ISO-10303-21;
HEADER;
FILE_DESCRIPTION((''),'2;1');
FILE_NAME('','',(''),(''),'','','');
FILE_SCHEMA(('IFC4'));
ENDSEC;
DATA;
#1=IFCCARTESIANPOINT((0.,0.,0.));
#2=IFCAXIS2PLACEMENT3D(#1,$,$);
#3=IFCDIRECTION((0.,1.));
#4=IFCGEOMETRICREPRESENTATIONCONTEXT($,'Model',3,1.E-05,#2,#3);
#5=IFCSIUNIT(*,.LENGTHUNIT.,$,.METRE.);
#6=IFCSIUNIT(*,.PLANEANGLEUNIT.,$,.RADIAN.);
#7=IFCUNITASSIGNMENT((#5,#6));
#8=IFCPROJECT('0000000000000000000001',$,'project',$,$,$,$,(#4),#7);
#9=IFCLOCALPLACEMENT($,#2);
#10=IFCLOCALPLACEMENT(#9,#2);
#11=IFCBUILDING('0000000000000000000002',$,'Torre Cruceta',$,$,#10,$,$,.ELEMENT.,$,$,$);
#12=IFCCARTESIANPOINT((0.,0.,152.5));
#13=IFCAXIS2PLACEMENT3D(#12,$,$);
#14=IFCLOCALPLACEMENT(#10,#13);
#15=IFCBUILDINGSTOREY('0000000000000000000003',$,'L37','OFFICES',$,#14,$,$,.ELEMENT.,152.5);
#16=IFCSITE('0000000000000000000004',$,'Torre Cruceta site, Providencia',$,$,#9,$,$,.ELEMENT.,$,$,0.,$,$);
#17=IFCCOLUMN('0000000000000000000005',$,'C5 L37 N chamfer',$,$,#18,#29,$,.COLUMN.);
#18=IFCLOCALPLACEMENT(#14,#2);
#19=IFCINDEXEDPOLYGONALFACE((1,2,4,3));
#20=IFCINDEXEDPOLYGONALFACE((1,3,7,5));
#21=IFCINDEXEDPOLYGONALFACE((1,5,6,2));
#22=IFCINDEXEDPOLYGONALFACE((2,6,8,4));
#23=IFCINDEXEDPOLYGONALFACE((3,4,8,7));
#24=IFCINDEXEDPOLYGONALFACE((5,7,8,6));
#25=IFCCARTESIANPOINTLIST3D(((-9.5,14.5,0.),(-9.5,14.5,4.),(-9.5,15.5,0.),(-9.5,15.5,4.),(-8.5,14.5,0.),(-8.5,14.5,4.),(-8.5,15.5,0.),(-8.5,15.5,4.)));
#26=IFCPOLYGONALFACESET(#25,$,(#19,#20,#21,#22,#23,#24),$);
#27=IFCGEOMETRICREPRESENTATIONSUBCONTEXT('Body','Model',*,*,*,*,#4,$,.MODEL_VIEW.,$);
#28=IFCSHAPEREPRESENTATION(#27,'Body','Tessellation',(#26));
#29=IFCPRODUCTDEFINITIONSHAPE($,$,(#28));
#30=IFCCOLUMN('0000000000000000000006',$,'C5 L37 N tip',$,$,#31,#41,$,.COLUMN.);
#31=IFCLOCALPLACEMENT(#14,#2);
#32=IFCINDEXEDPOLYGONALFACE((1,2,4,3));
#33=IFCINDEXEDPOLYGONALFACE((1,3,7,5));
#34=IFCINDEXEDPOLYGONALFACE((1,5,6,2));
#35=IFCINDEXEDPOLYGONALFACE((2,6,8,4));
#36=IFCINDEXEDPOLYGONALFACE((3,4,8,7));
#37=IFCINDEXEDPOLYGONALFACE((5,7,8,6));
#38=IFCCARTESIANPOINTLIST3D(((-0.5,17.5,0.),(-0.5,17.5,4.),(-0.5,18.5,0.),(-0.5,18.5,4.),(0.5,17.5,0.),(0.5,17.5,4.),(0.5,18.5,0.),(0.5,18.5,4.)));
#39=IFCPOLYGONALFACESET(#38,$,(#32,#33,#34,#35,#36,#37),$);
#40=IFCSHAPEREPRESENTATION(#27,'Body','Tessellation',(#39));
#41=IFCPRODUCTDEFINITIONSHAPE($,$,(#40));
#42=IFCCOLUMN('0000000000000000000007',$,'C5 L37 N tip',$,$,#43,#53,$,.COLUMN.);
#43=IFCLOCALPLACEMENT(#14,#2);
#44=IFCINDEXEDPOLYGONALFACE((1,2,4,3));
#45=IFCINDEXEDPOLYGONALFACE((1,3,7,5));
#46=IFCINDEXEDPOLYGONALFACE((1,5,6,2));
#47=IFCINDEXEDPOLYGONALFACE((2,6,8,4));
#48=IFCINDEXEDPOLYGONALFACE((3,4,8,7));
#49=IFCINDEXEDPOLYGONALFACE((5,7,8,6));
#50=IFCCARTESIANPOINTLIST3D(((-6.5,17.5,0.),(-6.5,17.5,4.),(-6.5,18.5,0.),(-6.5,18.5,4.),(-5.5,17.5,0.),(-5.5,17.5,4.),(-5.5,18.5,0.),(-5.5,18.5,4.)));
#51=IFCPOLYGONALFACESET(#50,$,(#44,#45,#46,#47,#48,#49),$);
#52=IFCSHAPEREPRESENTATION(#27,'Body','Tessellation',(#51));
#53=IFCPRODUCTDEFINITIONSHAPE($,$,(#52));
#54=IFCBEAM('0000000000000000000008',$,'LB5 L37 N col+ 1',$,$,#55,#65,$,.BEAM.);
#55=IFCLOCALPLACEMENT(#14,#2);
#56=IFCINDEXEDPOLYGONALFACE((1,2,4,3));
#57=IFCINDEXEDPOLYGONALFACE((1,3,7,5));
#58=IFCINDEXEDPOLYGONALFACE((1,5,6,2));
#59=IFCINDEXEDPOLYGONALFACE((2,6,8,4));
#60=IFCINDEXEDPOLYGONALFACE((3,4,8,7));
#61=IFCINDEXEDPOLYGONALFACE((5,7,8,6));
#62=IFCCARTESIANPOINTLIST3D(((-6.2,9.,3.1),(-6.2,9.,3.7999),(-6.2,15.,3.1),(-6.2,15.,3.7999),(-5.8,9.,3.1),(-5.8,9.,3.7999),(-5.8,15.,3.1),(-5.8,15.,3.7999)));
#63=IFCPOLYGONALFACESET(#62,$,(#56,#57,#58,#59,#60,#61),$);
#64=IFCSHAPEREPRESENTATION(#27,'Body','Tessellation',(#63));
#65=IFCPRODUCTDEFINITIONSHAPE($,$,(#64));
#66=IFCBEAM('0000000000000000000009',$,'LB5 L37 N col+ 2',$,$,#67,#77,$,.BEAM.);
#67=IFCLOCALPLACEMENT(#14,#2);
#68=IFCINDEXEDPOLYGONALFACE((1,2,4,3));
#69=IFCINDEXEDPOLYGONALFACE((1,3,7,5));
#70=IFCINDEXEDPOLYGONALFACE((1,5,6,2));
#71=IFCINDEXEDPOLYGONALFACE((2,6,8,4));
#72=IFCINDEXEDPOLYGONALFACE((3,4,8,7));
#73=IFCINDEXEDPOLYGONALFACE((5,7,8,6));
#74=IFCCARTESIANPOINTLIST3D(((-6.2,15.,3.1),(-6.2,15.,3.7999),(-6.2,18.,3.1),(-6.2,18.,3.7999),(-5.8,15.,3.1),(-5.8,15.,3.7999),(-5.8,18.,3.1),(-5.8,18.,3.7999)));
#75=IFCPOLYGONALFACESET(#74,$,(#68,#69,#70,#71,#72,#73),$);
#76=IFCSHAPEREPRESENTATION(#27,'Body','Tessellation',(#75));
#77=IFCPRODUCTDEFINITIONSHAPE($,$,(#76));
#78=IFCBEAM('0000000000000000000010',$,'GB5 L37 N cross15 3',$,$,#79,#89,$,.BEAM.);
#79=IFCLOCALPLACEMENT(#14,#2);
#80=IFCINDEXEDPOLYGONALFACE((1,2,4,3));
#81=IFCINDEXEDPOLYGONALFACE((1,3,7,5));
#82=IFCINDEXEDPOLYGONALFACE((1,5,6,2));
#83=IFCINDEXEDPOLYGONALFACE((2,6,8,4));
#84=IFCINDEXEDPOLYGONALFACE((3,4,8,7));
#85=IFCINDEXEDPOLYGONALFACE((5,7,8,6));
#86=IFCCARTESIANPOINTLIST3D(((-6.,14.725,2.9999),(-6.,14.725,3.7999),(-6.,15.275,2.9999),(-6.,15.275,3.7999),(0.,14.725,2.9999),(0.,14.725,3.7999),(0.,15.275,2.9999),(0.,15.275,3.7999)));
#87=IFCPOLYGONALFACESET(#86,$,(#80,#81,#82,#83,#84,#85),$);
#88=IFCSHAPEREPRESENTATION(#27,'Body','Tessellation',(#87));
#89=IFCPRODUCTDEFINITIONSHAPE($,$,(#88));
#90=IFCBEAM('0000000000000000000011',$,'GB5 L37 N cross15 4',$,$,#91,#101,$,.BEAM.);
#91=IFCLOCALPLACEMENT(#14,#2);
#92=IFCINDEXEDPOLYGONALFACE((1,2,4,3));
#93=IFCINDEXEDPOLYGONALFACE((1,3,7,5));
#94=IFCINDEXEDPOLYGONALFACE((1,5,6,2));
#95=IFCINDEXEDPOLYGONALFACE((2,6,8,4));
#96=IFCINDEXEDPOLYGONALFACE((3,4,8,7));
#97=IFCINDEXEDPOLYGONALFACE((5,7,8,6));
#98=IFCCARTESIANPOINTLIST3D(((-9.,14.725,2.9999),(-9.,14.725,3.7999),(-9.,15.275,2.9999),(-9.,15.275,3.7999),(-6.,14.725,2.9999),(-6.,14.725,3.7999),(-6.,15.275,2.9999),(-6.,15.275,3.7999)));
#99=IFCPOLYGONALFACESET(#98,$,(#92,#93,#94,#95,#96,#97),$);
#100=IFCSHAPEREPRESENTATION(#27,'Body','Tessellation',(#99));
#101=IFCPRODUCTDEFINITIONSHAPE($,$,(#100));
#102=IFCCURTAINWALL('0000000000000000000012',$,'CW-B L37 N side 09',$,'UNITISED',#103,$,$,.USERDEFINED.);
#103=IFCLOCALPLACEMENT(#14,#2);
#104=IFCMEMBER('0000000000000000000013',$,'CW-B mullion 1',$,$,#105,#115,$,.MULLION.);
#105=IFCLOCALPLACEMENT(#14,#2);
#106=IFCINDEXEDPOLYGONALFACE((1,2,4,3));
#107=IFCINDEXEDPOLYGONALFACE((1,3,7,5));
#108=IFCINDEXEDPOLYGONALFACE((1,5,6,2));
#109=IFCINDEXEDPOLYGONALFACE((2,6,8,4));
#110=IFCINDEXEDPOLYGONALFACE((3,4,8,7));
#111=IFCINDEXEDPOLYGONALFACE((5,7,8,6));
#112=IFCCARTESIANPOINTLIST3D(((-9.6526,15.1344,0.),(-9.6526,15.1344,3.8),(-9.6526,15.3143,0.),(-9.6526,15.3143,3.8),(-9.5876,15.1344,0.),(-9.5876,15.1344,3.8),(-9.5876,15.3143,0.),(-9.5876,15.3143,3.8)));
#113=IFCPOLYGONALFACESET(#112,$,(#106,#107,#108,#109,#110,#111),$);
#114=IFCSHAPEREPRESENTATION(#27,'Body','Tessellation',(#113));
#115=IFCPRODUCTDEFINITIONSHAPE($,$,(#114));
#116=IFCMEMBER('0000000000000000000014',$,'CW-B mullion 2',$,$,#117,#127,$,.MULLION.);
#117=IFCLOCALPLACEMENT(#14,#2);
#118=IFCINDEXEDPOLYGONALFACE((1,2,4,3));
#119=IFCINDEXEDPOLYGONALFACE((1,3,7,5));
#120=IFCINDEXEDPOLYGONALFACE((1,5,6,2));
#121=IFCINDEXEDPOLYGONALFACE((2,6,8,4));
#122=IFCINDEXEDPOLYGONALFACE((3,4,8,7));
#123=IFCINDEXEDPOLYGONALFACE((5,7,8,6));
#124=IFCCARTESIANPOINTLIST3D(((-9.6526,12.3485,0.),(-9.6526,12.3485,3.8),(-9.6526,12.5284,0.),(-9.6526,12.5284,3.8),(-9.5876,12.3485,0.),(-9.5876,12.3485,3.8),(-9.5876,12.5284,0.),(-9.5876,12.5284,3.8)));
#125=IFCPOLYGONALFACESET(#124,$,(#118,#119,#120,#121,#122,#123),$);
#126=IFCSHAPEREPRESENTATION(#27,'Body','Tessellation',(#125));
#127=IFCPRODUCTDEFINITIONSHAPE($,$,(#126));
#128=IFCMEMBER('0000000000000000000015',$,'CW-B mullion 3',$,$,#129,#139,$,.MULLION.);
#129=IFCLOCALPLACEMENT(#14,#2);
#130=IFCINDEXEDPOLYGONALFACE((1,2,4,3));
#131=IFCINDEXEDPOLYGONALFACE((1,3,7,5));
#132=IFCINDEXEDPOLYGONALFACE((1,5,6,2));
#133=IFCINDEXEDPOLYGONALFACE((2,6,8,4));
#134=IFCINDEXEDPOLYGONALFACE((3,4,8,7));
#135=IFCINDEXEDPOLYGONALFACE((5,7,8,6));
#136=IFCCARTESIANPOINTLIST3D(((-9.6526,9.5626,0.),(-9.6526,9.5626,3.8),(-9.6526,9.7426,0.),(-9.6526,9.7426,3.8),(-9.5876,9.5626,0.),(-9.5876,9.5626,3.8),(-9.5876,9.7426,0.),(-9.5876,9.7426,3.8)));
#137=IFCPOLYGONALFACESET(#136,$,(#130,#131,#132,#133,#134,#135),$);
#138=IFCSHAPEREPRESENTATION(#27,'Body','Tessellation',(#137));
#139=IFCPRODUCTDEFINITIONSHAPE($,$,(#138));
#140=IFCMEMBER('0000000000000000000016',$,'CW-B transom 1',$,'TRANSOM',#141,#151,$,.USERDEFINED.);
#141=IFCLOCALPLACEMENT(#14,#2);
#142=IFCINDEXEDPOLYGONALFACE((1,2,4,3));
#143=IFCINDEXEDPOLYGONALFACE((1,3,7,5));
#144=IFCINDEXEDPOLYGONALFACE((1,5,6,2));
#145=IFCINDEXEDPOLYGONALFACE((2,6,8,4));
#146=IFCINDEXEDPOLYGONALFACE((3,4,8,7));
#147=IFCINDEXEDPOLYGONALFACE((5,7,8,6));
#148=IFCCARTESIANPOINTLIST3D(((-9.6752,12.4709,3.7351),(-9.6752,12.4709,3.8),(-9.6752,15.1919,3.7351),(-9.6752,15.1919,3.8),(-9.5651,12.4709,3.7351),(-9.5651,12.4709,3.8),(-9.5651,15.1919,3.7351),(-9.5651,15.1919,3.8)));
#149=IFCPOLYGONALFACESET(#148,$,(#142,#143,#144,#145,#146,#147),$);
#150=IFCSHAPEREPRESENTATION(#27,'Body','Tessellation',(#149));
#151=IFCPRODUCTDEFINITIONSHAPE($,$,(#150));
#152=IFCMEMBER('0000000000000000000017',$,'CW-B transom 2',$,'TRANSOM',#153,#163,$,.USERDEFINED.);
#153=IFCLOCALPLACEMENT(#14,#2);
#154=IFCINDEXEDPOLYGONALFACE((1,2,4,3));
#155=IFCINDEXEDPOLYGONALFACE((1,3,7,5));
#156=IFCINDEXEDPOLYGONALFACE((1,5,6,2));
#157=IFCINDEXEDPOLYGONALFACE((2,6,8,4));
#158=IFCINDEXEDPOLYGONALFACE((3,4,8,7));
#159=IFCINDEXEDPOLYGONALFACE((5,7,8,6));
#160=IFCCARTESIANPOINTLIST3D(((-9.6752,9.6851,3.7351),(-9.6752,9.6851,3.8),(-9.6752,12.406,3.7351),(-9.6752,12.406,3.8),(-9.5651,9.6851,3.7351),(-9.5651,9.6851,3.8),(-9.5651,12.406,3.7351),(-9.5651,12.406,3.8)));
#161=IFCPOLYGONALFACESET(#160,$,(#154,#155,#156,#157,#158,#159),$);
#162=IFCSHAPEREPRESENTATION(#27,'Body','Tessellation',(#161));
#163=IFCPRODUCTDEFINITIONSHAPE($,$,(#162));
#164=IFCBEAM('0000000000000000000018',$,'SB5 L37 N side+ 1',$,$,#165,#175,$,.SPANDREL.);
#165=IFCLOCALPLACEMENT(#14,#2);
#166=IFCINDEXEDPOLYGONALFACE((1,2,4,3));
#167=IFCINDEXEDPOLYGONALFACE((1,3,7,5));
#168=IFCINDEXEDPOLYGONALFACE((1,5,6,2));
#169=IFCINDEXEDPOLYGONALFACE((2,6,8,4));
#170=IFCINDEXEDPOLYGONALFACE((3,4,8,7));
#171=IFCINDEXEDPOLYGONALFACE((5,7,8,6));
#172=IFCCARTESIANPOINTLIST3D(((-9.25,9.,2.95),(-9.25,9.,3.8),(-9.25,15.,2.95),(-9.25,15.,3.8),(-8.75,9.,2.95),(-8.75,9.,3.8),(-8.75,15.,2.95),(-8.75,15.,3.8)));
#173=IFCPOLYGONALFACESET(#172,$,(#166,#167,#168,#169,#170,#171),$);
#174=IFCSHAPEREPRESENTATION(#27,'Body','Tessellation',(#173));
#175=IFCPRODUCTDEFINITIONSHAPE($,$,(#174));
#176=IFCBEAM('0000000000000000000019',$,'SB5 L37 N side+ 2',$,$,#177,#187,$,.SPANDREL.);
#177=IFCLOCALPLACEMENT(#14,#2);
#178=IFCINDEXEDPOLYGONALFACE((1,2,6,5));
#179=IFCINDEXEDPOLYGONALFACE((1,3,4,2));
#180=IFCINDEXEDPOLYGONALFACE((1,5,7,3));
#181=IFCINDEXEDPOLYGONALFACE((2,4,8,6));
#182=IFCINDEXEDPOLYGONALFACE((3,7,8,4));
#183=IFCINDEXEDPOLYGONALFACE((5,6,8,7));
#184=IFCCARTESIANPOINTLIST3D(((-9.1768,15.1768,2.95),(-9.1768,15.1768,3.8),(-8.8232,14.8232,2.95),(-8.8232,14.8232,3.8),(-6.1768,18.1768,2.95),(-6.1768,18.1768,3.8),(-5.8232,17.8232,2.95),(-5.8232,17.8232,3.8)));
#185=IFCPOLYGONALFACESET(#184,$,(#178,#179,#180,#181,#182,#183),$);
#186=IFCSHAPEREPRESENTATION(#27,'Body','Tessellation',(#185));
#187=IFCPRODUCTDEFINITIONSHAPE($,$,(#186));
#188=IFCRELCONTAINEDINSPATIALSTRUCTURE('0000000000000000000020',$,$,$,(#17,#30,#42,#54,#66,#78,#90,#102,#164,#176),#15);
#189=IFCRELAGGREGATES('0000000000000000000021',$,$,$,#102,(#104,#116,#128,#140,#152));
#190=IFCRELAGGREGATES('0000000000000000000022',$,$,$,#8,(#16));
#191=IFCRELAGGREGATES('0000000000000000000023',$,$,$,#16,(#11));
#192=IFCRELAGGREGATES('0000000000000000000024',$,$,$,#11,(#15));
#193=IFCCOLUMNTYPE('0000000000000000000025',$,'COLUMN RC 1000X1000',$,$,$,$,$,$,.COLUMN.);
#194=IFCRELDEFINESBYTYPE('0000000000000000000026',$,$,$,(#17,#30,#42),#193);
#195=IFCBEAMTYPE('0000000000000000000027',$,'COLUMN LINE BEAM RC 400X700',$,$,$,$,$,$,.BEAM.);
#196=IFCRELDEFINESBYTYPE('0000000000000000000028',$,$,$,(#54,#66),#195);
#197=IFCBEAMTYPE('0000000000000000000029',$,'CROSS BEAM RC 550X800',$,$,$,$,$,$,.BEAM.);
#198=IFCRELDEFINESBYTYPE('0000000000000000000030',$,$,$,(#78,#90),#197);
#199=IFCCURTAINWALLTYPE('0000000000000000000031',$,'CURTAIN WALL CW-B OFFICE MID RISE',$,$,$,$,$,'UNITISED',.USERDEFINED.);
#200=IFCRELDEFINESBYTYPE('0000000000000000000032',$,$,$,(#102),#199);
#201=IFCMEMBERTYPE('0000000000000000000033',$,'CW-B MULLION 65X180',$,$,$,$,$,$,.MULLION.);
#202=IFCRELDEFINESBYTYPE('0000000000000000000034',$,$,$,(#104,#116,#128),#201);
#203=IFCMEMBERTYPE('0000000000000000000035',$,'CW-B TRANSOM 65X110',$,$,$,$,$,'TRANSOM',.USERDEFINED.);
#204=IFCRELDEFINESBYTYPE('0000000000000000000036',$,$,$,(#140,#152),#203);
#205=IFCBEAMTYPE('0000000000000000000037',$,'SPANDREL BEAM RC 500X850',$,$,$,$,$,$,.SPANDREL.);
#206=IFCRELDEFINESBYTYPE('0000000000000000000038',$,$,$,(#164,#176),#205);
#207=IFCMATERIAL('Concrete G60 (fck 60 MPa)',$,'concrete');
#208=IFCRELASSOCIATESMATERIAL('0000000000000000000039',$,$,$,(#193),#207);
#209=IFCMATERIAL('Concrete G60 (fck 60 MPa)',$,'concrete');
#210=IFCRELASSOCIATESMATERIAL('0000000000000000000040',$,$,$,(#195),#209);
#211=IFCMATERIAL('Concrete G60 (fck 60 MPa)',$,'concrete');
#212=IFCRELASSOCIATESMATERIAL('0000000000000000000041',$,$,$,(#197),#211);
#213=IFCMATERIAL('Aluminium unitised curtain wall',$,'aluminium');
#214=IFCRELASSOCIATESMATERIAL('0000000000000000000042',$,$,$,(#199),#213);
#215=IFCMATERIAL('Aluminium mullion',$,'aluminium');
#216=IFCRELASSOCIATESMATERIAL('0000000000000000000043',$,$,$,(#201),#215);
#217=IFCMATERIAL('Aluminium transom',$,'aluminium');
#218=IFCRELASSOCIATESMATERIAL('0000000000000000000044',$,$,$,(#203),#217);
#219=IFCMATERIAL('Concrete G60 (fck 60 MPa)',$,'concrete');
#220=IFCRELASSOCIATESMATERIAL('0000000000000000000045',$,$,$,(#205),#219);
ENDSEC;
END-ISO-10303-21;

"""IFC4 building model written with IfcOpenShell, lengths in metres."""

from ifc_helpers import new_model, si_unit, direction, frame, origin, origin_2d, place, context, subcontext, project, spatial, rectangle, extrude, material, material_profile, profile_set, type_object, element, aggregate, save


model = new_model("IFC4")

# Units and contexts
model_context = context("Model", 3, precision=1e-05, world=origin(), true_north=direction((0.0, 1.0)))
body_context = subcontext(model_context, "Body", "Model", "MODEL_VIEW")
ifc_project = project(units=[si_unit("LENGTHUNIT", "METRE"), si_unit("PLANEANGLEUNIT", "RADIAN")], contexts=[model_context])

# Site, building, storey
site_placement = place(None, origin())
site = spatial("IfcSite", under=ifc_project, at=site_placement, Name="Torre Cruceta site, Providencia", CompositionType="ELEMENT", RefElevation=0.0)
building_placement = place(site_placement, origin())
building = spatial("IfcBuilding", under=site, at=building_placement, Name="Torre Cruceta", CompositionType="ELEMENT")
storey_placement = place(building_placement, frame((0.0, 0.0, 152.5)))
storey = spatial("IfcBuildingStorey", under=building, at=storey_placement, Name="L37", Description="OFFICES", CompositionType="ELEMENT", Elevation=152.5)

# Columns
ifc_material_1 = material(Name="Concrete G60 (fck 60 MPa)", Category="concrete")
ifc_material_profile_1 = material_profile(ifc_material_1, rectangle(XDim=1.0, YDim=1.0, at=origin_2d()), Name="RC 1000X1000")
ifc_profile_set_1 = profile_set([ifc_material_profile_1], Name="Concrete G60 (fck 60 MPa)")
column_type = type_object("IfcColumnType", Name="COLUMN RC 1000X1000", PredefinedType="COLUMN", material=ifc_profile_set_1)
for number, where, z_axis, x_axis, name in (
    (1, (-9.0, 15.0, 0.0), (0.0, 0.0, 1.0), (1.0, 0.0, 0.0), "C5 L37 N chamfer"),
    (2, (0.0, 18.0, 0.0), (0.0, 0.0, 1.0), (1.0, 0.0, 0.0), "C5 L37 N tip"),
    (3, (-6.0, 18.0, 0.0), (0.0, 0.0, 1.0), (1.0, 0.0, 0.0), "C5 L37 N tip"),
):
    element("IfcColumn", number, at=place(storey_placement, frame(where, z_axis=z_axis, x_axis=x_axis)), inside=storey, type_object=column_type, Name=name, PredefinedType="COLUMN", context=body_context, shape_type="SweptSolid", body=[
        extrude(rectangle(XDim=1.0, YDim=1.0, at=origin_2d()), origin(), (0.0, 0.0, 1.0), 4.0),
    ])

# Beams
ifc_material_2 = material(Name="Concrete G60 (fck 60 MPa)", Category="concrete")
ifc_material_profile_2 = material_profile(ifc_material_2, rectangle(XDim=0.3999, YDim=0.7, at=origin_2d()), Name="RC 400X700")
ifc_profile_set_2 = profile_set([ifc_material_profile_2], Name="Concrete G60 (fck 60 MPa)")
beam_type_1 = type_object("IfcBeamType", Name="COLUMN LINE BEAM RC 400X700", PredefinedType="BEAM", material=ifc_profile_set_2)
beam_1_placement = place(storey_placement, frame((-6.0, 9.0, 3.45), z_axis=(0.0, 1.0, 0.0), x_axis=(-1.0, 0.0, 0.0)))
element("IfcBeam", 4, at=beam_1_placement, inside=storey, type_object=beam_type_1, Name="LB5 L37 N col+ 1", PredefinedType="BEAM", context=body_context, shape_type="SweptSolid", body=[
    extrude(rectangle(XDim=0.3999, YDim=0.7, at=origin_2d()), origin(), (0.0, 0.0, 1.0), 6.0),
])
beam_2_placement = place(storey_placement, frame((-6.0, 15.0, 3.45), z_axis=(0.0, 1.0, 0.0), x_axis=(-1.0, 0.0, 0.0)))
element("IfcBeam", 5, at=beam_2_placement, inside=storey, type_object=beam_type_1, Name="LB5 L37 N col+ 2", PredefinedType="BEAM", context=body_context, shape_type="SweptSolid", body=[
    extrude(rectangle(XDim=0.3999, YDim=0.7, at=origin_2d()), origin(), (0.0, 0.0, 1.0), 3.0),
])
ifc_material_3 = material(Name="Concrete G60 (fck 60 MPa)", Category="concrete")
ifc_material_profile_3 = material_profile(ifc_material_3, rectangle(XDim=0.55, YDim=0.8, at=origin_2d()), Name="RC 550X800")
ifc_profile_set_3 = profile_set([ifc_material_profile_3], Name="Concrete G60 (fck 60 MPa)")
beam_type_2 = type_object("IfcBeamType", Name="CROSS BEAM RC 550X800", PredefinedType="BEAM", material=ifc_profile_set_3)
beam_3_placement = place(storey_placement, frame((0.0, 15.0, 3.3999), z_axis=(-1.0, 0.0, 0.0), x_axis=(0.0, -1.0, 0.0)))
element("IfcBeam", 6, at=beam_3_placement, inside=storey, type_object=beam_type_2, Name="GB5 L37 N cross15 3", PredefinedType="BEAM", context=body_context, shape_type="SweptSolid", body=[
    extrude(rectangle(XDim=0.55, YDim=0.8, at=origin_2d()), origin(), (0.0, 0.0, 1.0), 6.0),
])
beam_4_placement = place(storey_placement, frame((-6.0, 15.0, 3.3999), z_axis=(-1.0, 0.0, 0.0), x_axis=(0.0, -1.0, 0.0)))
element("IfcBeam", 7, at=beam_4_placement, inside=storey, type_object=beam_type_2, Name="GB5 L37 N cross15 4", PredefinedType="BEAM", context=body_context, shape_type="SweptSolid", body=[
    extrude(rectangle(XDim=0.55, YDim=0.8, at=origin_2d()), origin(), (0.0, 0.0, 1.0), 3.0),
])

# Curtain wall, members
ifc_material_4 = material(Name="Aluminium unitised curtain wall", Category="aluminium")
curtain_wall_type = type_object("IfcCurtainWallType", Name="CURTAIN WALL CW-B OFFICE MID RISE", ElementType="UNITISED", PredefinedType="USERDEFINED", material=ifc_material_4)
curtain_wall_placement = place(storey_placement, origin())
curtain_wall = element("IfcCurtainWall", 8, at=curtain_wall_placement, inside=storey, type_object=curtain_wall_type, Name="CW-B L37 N side 09", ObjectType="UNITISED", PredefinedType="USERDEFINED")
ifc_material_5 = material(Name="Aluminium mullion", Category="aluminium")
ifc_material_profile_4 = material_profile(ifc_material_5, rectangle(XDim=0.0649, YDim=0.1799, at=origin_2d()), Name="AL 65X180")
ifc_profile_set_4 = profile_set([ifc_material_profile_4], Name="Aluminium mullion")
member_type_1 = type_object("IfcMemberType", Name="CW-B MULLION 65X180", PredefinedType="MULLION", material=ifc_profile_set_4)
member_1_placement = place(storey_placement, frame((-9.6201, 15.2244, 0.0), z_axis=(0.0, 0.0, 1.0), x_axis=(1.0, 0.0, 0.0)))
member_1 = element("IfcMember", 9, at=member_1_placement, type_object=member_type_1, Name="CW-B mullion 1", PredefinedType="MULLION", context=body_context, shape_type="SweptSolid", body=[
    extrude(rectangle(XDim=0.0649, YDim=0.1799, at=origin_2d()), origin(), (0.0, 0.0, 1.0), 3.8),
])
member_2_placement = place(storey_placement, frame((-9.6201, 12.4385, 0.0), z_axis=(0.0, 0.0, 1.0), x_axis=(1.0, 0.0, 0.0)))
member_2 = element("IfcMember", 10, at=member_2_placement, type_object=member_type_1, Name="CW-B mullion 2", PredefinedType="MULLION", context=body_context, shape_type="SweptSolid", body=[
    extrude(rectangle(XDim=0.0649, YDim=0.1799, at=origin_2d()), origin(), (0.0, 0.0, 1.0), 3.8),
])
member_3_placement = place(storey_placement, frame((-9.6201, 9.6526, 0.0), z_axis=(0.0, 0.0, 1.0), x_axis=(1.0, 0.0, 0.0)))
member_3 = element("IfcMember", 11, at=member_3_placement, type_object=member_type_1, Name="CW-B mullion 3", PredefinedType="MULLION", context=body_context, shape_type="SweptSolid", body=[
    extrude(rectangle(XDim=0.0649, YDim=0.1799, at=origin_2d()), origin(), (0.0, 0.0, 1.0), 3.8),
])
ifc_material_6 = material(Name="Aluminium transom", Category="aluminium")
ifc_material_profile_5 = material_profile(ifc_material_6, rectangle(XDim=0.1101, YDim=0.0649, at=origin_2d()), Name="AL 110X65")
ifc_profile_set_5 = profile_set([ifc_material_profile_5], Name="Aluminium transom")
member_type_2 = type_object("IfcMemberType", Name="CW-B TRANSOM 65X110", ElementType="TRANSOM", PredefinedType="USERDEFINED", material=ifc_profile_set_5)
member_4_placement = place(storey_placement, frame((-9.6201, 15.1919, 3.7676), z_axis=(0.0, -1.0, 0.0), x_axis=(1.0, 0.0, 0.0)))
member_4 = element("IfcMember", 12, at=member_4_placement, type_object=member_type_2, Name="CW-B transom 1", ObjectType="TRANSOM", PredefinedType="USERDEFINED", context=body_context, shape_type="SweptSolid", body=[
    extrude(rectangle(XDim=0.1101, YDim=0.0649, at=origin_2d()), origin(), (0.0, 0.0, 1.0), 2.7209),
])
member_5_placement = place(storey_placement, frame((-9.6201, 12.406, 3.7676), z_axis=(0.0, -1.0, 0.0), x_axis=(1.0, 0.0, 0.0)))
member_5 = element("IfcMember", 13, at=member_5_placement, type_object=member_type_2, Name="CW-B transom 2", ObjectType="TRANSOM", PredefinedType="USERDEFINED", context=body_context, shape_type="SweptSolid", body=[
    extrude(rectangle(XDim=0.1101, YDim=0.0649, at=origin_2d()), origin(), (0.0, 0.0, 1.0), 2.7209),
])

# Beams
ifc_material_7 = material(Name="Concrete G60 (fck 60 MPa)", Category="concrete")
ifc_material_profile_6 = material_profile(ifc_material_7, rectangle(XDim=0.5, YDim=0.8501, at=origin_2d()), Name="RC 500X850")
ifc_profile_set_6 = profile_set([ifc_material_profile_6], Name="Concrete G60 (fck 60 MPa)")
beam_type_3 = type_object("IfcBeamType", Name="SPANDREL BEAM RC 500X850", PredefinedType="SPANDREL", material=ifc_profile_set_6)
beam_5_placement = place(storey_placement, frame((-9.0, 9.0, 3.375), z_axis=(0.0, 1.0, 0.0), x_axis=(-1.0, 0.0, 0.0)))
element("IfcBeam", 14, at=beam_5_placement, inside=storey, type_object=beam_type_3, Name="SB5 L37 N side+ 1", PredefinedType="SPANDREL", context=body_context, shape_type="SweptSolid", body=[
    extrude(rectangle(XDim=0.5, YDim=0.8501, at=origin_2d()), origin(), (0.0, 0.0, 1.0), 6.0),
])
beam_6_placement = place(storey_placement, frame((-9.0, 15.0, 3.375), z_axis=(0.707107, 0.707107, 0.0), x_axis=(-0.707107, 0.707107, 0.0)))
element("IfcBeam", 15, at=beam_6_placement, inside=storey, type_object=beam_type_3, Name="SB5 L37 N side+ 2", PredefinedType="SPANDREL", context=body_context, shape_type="SweptSolid", body=[
    extrude(rectangle(XDim=0.5, YDim=0.8501, at=origin_2d()), origin(), (0.0, 0.0, 1.0), 4.2427),
])

aggregate(curtain_wall, [member_1, member_2, member_3, member_4, member_5])

save(model, "model.ifc")
